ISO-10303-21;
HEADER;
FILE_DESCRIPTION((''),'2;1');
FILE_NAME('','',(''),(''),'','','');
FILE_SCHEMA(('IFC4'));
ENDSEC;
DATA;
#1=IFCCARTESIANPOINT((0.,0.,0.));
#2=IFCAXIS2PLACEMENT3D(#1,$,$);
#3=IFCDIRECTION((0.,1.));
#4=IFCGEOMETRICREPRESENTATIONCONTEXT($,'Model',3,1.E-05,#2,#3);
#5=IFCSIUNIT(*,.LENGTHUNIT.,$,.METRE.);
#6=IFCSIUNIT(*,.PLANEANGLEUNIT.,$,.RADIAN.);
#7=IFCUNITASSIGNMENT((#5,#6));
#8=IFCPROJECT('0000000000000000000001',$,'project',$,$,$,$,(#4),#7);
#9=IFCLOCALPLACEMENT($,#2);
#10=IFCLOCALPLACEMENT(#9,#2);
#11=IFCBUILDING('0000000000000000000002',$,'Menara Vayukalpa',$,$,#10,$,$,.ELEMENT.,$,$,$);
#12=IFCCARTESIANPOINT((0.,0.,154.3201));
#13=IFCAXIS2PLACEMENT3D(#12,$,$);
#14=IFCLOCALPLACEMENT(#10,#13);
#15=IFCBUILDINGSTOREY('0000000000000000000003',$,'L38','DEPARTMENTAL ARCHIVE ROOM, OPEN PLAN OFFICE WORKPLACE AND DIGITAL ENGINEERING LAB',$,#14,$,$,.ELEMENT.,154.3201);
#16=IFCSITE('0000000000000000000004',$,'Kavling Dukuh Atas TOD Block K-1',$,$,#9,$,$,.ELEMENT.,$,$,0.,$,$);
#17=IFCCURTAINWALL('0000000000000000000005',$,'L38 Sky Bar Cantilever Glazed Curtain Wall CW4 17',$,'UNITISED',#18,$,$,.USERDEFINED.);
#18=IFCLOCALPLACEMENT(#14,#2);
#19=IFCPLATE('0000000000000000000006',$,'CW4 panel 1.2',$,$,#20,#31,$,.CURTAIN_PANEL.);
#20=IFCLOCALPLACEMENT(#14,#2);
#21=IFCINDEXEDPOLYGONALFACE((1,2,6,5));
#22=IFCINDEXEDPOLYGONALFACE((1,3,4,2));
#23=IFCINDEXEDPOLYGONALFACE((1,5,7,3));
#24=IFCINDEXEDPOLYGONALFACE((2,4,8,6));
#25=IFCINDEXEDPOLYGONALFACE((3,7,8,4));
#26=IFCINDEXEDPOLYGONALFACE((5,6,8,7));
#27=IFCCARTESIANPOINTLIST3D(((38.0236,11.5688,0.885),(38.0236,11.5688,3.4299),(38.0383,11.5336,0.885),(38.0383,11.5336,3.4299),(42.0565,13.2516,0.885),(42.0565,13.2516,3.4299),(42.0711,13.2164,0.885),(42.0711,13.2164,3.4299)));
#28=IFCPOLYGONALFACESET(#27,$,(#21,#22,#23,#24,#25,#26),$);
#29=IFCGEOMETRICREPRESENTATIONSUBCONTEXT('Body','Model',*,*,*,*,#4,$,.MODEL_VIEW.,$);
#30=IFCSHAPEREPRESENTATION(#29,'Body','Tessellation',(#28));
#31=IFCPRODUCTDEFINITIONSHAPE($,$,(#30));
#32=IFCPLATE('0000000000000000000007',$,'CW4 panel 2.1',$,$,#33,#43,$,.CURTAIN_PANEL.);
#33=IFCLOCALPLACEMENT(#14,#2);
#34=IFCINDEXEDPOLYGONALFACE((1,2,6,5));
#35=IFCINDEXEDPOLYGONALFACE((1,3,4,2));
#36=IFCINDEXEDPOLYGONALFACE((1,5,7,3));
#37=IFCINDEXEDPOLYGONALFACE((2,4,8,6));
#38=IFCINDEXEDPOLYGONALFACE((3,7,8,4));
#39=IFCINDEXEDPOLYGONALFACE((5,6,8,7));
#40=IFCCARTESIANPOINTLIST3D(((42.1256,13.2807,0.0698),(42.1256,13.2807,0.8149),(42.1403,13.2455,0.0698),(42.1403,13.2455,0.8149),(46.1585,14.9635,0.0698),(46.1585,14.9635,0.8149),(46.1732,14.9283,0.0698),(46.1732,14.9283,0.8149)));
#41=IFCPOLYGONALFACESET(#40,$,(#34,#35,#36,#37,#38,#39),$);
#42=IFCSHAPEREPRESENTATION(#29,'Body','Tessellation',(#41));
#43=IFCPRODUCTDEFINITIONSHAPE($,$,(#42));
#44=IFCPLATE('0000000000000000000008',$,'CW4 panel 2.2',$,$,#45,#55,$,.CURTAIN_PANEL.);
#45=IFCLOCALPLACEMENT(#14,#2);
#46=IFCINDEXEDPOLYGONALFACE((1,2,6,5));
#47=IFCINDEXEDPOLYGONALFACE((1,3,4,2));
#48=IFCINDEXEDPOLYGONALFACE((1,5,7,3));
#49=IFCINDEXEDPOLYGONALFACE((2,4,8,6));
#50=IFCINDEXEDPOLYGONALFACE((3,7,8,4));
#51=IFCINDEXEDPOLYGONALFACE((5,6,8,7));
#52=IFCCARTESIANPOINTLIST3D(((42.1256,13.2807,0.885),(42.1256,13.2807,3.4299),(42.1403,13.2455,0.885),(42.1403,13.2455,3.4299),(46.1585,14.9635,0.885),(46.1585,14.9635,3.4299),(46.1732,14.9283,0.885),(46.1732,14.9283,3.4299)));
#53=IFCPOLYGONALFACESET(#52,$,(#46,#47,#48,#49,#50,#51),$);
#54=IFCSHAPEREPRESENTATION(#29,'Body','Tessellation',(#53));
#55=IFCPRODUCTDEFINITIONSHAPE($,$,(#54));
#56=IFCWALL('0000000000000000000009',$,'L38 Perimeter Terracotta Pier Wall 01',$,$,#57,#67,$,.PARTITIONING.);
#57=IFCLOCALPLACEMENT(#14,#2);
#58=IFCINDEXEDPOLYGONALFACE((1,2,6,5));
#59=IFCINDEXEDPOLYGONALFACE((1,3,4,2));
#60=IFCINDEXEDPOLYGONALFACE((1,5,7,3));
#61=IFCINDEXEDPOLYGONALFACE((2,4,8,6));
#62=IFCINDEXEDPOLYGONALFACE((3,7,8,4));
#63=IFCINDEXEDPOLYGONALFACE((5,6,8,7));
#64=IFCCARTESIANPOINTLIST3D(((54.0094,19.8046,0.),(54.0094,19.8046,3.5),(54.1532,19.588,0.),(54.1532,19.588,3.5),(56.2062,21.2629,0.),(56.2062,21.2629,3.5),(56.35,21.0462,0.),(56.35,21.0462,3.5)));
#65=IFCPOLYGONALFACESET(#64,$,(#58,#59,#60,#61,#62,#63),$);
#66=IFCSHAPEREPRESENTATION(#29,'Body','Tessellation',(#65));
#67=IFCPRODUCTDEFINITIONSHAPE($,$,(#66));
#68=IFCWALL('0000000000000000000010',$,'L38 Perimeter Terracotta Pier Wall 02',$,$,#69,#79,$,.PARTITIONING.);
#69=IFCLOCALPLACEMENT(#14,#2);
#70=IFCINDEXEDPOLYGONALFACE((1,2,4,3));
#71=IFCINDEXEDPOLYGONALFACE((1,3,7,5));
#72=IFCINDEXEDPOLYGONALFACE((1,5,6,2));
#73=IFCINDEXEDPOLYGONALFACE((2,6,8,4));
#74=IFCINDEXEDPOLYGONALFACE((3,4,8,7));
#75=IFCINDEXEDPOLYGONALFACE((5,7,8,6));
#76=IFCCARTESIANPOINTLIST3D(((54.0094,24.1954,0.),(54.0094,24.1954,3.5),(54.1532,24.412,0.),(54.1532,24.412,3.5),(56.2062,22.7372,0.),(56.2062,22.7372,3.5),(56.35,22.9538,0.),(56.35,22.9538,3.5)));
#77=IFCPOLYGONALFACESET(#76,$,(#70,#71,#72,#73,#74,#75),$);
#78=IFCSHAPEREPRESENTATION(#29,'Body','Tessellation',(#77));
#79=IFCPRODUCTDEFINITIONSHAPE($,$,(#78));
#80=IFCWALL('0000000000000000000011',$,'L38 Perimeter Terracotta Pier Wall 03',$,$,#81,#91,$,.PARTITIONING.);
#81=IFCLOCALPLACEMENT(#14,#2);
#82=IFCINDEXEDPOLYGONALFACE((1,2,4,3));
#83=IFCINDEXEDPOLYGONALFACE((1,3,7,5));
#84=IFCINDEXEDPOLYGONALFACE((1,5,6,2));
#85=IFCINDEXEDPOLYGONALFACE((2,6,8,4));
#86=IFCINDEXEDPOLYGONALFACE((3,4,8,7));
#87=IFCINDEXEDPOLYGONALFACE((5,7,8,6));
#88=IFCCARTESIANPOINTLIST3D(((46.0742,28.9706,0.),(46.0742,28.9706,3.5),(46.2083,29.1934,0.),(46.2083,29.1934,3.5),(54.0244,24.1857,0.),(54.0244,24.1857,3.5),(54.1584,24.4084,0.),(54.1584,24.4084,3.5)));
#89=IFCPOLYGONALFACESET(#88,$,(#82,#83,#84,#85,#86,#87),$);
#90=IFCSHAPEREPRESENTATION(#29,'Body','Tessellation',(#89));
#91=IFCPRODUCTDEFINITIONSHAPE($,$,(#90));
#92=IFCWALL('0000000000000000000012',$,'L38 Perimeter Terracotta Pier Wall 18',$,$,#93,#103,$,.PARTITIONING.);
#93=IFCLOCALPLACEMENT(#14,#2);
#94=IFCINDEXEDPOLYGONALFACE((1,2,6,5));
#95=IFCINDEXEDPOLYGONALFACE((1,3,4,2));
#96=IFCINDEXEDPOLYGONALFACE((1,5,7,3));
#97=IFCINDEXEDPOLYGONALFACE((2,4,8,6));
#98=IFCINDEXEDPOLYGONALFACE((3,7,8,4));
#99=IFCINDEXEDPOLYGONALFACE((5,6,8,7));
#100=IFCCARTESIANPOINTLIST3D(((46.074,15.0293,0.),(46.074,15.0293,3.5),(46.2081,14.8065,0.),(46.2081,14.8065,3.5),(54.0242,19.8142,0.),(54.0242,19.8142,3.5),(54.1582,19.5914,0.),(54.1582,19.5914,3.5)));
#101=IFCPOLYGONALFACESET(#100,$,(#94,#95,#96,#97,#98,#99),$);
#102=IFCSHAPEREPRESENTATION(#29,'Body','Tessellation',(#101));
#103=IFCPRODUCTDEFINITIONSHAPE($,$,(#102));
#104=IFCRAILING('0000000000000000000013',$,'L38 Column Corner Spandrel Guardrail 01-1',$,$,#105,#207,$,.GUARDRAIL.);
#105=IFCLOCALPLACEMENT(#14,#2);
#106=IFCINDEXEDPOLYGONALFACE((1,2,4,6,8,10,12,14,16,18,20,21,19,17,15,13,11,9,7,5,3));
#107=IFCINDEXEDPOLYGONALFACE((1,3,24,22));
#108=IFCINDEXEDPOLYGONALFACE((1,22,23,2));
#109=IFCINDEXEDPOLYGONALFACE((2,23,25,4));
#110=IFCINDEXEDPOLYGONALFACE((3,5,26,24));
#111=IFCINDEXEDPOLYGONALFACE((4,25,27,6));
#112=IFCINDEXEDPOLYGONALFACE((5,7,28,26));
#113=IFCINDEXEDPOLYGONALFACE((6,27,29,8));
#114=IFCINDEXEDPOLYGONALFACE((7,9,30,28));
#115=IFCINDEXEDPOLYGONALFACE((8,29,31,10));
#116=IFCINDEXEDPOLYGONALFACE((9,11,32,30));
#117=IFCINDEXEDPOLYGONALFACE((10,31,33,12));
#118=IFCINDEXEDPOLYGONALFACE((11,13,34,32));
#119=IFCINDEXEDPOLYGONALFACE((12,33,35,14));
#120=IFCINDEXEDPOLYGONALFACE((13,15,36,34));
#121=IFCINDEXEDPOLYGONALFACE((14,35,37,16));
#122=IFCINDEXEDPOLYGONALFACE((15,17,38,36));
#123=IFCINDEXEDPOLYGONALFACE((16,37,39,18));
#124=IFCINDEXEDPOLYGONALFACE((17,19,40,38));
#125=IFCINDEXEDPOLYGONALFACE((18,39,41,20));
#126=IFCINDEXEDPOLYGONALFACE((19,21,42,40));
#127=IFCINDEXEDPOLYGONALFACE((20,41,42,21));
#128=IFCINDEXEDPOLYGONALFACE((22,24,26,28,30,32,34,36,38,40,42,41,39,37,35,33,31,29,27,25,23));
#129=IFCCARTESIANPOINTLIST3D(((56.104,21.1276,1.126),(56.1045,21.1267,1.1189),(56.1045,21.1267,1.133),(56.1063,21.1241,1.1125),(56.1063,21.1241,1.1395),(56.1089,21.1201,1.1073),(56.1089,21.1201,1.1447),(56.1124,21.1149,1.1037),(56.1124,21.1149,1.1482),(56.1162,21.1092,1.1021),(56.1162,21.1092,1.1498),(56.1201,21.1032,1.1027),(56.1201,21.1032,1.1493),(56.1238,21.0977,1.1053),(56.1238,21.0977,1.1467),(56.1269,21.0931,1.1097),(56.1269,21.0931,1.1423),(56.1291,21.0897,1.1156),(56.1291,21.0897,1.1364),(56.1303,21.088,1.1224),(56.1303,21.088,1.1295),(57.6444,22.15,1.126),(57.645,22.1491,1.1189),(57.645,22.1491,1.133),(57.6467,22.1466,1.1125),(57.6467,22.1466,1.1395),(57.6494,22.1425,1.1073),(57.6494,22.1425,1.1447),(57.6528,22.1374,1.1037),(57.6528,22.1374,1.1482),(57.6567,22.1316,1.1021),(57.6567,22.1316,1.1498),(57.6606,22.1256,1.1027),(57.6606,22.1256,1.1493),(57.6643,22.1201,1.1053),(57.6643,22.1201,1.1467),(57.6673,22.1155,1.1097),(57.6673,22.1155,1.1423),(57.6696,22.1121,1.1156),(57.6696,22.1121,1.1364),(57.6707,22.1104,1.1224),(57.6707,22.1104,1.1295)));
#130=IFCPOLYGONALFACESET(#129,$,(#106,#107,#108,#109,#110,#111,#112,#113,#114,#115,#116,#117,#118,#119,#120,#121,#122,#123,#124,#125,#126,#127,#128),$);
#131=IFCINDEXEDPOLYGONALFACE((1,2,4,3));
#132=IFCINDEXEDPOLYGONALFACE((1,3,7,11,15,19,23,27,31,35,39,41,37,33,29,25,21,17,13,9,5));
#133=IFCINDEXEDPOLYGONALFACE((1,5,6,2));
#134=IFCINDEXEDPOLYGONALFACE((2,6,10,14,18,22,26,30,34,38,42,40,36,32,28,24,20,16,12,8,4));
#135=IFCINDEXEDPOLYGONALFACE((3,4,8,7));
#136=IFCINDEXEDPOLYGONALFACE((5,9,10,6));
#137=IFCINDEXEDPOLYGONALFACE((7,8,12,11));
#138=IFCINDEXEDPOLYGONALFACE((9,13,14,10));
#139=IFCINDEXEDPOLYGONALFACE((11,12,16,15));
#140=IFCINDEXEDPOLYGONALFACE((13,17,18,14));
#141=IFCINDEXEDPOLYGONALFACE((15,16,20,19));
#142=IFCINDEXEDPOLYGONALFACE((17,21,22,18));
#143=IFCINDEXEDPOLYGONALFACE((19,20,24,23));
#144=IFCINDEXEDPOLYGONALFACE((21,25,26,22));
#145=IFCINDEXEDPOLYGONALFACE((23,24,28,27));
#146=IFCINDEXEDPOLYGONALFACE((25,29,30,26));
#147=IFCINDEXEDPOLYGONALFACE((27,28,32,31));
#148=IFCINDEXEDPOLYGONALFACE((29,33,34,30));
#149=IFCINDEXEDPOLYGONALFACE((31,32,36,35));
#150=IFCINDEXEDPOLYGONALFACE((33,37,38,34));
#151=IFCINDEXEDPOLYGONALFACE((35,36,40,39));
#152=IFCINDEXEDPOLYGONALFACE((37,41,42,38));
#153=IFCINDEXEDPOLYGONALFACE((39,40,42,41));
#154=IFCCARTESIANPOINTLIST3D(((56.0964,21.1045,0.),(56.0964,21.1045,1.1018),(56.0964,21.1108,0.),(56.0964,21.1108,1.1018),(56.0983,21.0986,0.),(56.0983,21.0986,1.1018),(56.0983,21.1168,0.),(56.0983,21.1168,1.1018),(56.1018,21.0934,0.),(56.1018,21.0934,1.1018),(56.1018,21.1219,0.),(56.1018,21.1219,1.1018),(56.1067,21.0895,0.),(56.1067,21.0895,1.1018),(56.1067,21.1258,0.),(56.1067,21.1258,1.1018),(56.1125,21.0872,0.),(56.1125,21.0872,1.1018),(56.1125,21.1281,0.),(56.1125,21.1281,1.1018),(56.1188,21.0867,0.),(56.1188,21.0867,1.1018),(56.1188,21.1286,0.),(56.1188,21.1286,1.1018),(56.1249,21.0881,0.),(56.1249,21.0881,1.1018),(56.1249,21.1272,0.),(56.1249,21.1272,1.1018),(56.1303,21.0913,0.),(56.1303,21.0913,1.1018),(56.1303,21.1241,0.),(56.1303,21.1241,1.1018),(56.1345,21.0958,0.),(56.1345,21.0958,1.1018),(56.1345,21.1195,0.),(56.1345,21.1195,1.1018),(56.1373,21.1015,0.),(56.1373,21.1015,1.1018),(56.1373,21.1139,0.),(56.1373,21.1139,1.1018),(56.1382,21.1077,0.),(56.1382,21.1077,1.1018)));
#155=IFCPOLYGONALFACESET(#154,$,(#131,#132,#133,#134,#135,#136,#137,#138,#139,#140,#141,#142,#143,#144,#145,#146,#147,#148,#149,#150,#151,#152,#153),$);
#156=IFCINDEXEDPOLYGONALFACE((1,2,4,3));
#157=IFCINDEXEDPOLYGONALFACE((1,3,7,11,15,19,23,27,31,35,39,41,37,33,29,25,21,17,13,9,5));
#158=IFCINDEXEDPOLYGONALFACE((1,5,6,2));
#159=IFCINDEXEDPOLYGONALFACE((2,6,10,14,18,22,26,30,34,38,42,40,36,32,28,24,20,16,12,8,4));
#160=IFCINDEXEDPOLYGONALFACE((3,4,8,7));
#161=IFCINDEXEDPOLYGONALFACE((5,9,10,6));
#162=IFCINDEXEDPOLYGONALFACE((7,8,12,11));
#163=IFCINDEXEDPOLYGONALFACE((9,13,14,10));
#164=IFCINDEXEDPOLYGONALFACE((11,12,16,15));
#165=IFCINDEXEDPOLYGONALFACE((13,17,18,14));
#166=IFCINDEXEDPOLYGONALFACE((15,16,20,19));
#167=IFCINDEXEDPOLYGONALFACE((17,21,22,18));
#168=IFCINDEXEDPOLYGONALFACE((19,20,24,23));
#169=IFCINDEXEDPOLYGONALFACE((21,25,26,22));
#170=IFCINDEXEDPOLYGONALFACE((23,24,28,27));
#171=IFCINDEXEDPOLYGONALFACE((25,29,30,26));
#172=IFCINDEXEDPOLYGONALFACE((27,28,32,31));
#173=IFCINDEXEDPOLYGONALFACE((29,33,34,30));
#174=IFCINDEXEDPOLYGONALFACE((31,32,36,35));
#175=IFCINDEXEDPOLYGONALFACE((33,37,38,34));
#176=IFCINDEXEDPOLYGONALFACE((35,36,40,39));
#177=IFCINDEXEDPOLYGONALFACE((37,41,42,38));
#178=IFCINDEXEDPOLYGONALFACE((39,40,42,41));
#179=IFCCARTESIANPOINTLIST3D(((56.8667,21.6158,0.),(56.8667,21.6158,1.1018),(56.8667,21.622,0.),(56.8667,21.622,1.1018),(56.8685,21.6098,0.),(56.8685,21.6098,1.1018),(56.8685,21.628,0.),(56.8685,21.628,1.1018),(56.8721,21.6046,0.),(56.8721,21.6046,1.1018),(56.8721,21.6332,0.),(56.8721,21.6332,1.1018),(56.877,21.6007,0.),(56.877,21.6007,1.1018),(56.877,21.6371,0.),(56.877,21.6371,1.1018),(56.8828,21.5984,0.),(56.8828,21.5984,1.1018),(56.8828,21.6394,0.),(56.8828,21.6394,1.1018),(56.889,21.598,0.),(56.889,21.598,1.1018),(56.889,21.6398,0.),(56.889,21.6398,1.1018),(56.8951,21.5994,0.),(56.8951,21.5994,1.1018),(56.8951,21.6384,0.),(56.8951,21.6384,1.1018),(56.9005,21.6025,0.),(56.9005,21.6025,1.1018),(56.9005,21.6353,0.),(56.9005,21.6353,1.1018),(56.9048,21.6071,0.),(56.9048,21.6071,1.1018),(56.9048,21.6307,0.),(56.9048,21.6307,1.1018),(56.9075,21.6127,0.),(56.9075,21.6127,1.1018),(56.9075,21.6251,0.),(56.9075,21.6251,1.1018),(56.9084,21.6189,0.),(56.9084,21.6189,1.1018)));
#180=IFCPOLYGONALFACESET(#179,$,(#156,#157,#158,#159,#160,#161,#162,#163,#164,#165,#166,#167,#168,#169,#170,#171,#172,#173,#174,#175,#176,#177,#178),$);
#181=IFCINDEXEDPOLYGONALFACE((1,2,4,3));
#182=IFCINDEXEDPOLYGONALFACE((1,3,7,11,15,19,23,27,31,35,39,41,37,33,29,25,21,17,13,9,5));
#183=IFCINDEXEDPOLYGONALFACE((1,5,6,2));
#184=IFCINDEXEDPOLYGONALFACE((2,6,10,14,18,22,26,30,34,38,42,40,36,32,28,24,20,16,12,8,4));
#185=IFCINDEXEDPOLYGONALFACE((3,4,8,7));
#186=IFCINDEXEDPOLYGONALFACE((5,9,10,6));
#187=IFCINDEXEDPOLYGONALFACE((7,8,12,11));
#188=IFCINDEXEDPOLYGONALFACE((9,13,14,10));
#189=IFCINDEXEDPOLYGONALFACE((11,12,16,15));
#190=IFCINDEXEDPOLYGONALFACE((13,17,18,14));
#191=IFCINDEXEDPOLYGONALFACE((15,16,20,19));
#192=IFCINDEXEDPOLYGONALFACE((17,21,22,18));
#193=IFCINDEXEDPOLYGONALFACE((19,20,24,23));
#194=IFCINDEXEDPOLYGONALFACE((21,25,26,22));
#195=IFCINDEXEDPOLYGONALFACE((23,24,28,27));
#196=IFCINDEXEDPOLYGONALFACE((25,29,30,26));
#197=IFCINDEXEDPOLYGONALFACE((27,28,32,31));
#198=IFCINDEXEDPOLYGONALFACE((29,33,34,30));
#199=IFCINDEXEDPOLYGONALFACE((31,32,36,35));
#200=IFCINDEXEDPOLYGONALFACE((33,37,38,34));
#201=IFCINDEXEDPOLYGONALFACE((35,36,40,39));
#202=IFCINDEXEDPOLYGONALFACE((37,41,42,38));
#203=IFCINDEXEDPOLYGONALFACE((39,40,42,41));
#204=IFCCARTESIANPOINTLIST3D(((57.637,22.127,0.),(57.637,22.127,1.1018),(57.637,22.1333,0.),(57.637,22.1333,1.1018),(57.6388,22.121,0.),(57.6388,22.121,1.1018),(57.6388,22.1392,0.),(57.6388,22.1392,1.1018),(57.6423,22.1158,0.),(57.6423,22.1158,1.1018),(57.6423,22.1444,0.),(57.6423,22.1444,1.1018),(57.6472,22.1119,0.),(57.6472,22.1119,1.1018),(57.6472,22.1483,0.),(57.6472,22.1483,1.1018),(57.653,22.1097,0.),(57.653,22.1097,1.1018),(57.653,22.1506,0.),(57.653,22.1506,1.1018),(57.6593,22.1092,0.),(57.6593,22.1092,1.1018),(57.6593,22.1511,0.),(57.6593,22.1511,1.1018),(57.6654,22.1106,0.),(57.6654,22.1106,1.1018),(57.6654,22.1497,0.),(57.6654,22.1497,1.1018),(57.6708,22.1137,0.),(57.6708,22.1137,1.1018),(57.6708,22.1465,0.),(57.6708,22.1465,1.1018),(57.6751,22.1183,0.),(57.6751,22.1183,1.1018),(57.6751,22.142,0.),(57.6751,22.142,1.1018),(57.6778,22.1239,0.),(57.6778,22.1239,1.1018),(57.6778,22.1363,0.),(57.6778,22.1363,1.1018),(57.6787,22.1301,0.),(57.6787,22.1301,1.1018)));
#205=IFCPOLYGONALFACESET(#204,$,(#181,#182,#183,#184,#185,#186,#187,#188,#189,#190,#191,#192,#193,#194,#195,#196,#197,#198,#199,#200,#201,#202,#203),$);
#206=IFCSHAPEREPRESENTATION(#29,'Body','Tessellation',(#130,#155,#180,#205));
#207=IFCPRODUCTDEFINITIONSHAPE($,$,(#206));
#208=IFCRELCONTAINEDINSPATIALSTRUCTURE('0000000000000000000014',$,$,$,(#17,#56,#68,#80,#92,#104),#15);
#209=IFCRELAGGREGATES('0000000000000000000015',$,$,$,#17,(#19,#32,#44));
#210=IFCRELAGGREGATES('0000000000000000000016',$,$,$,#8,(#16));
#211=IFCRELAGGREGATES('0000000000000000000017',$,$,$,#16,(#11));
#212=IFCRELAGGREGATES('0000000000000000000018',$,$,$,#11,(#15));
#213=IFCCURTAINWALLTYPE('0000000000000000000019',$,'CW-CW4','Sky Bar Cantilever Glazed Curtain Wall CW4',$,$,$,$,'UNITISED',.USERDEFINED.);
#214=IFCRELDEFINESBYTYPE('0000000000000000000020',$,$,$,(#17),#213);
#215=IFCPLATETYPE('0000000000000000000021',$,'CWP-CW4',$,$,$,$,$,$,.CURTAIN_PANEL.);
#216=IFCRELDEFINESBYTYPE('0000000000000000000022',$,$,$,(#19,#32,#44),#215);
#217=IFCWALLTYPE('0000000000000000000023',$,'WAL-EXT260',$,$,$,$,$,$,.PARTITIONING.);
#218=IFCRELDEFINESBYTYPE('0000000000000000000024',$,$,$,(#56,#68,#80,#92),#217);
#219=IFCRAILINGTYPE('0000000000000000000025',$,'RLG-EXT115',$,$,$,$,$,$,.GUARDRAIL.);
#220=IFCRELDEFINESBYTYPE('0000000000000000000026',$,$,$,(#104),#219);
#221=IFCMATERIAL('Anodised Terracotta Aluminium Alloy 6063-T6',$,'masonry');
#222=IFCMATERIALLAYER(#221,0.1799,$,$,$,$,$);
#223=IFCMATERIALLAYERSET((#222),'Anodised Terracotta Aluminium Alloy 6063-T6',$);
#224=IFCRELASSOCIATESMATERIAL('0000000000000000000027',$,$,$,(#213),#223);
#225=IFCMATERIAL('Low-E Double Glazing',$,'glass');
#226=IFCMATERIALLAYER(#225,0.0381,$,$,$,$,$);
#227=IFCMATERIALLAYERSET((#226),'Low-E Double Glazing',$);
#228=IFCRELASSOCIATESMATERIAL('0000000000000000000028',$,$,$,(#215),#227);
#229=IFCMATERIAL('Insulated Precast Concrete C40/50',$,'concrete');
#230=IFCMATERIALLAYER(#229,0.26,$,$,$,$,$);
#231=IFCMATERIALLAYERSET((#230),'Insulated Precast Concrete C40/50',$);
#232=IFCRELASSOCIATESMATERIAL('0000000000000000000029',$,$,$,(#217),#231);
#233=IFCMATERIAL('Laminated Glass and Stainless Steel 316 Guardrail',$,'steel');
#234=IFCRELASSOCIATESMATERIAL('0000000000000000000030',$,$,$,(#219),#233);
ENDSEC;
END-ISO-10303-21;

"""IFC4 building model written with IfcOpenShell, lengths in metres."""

from ifc_helpers import new_model, si_unit, direction, frame, frame_2d, origin, origin_2d, place, context, subcontext, project, spatial, rectangle, circle, extrude, material, layer, layer_set, type_object, element, aggregate, save


model = new_model("IFC4")

# Units and contexts
model_context = context("Model", 3, precision=1e-05, world=origin(), true_north=direction((0.0, 1.0)))
body_context = subcontext(model_context, "Body", "Model", "MODEL_VIEW")
ifc_project = project(units=[si_unit("LENGTHUNIT", "METRE"), si_unit("PLANEANGLEUNIT", "RADIAN")], contexts=[model_context])

# Site, building, storey
site_placement = place(None, origin())
site = spatial("IfcSite", under=ifc_project, at=site_placement, Name="Kavling Dukuh Atas TOD Block K-1", CompositionType="ELEMENT", RefElevation=0.0)
building_placement = place(site_placement, origin())
building = spatial("IfcBuilding", under=site, at=building_placement, Name="Menara Vayukalpa", CompositionType="ELEMENT")
storey_placement = place(building_placement, frame((0.0, 0.0, 154.3201)))
storey = spatial("IfcBuildingStorey", under=building, at=storey_placement, Name="L38", Description="DEPARTMENTAL ARCHIVE ROOM, OPEN PLAN OFFICE WORKPLACE AND DIGITAL ENGINEERING LAB", CompositionType="ELEMENT", Elevation=154.3201)

# Curtain wall
ifc_material_1 = material(Name="Anodised Terracotta Aluminium Alloy 6063-T6", Category="masonry")
ifc_layer_1 = layer(ifc_material_1, 0.1799)
ifc_layer_set_1 = layer_set([ifc_layer_1], Name="Anodised Terracotta Aluminium Alloy 6063-T6")
curtain_wall_type = type_object("IfcCurtainWallType", Name="CW-CW4", Description="Sky Bar Cantilever Glazed Curtain Wall CW4", ElementType="UNITISED", PredefinedType="USERDEFINED", material=ifc_layer_set_1)
curtain_wall_1_placement = place(storey_placement, origin())
curtain_wall_1 = element("IfcCurtainWall", 1, at=curtain_wall_1_placement, inside=storey, type_object=curtain_wall_type, Name="L38 Sky Bar Cantilever Glazed Curtain Wall CW4 17", ObjectType="UNITISED", PredefinedType="USERDEFINED")

# Plates
ifc_material_2 = material(Name="Low-E Double Glazing", Category="glass")
ifc_layer_2 = layer(ifc_material_2, 0.0381)
ifc_layer_set_2 = layer_set([ifc_layer_2], Name="Low-E Double Glazing")
plate_type = type_object("IfcPlateType", Name="CWP-CW4", PredefinedType="CURTAIN_PANEL", material=ifc_layer_set_2)
plate_1_placement = place(storey_placement, frame((40.0474, 12.3926, 0.885), z_axis=(0.0, 0.0, 1.0), x_axis=(0.922878, 0.385091, 0.0)))
plate_1 = element("IfcPlate", 2, at=plate_1_placement, type_object=plate_type, Name="CW4 panel 1.2", PredefinedType="CURTAIN_PANEL", context=body_context, shape_type="SweptSolid", body=[
    extrude(rectangle(XDim=4.3699, YDim=0.0381, at=origin_2d()), origin(), (0.0, 0.0, 1.0), 2.5449),
])
plate_2_placement = place(storey_placement, frame((44.1494, 14.1045, 0.0698), z_axis=(0.0, 0.0, 1.0), x_axis=(0.922878, 0.385091, 0.0)))
plate_2 = element("IfcPlate", 3, at=plate_2_placement, type_object=plate_type, Name="CW4 panel 2.1", PredefinedType="CURTAIN_PANEL", context=body_context, shape_type="SweptSolid", body=[
    extrude(rectangle(XDim=4.3699, YDim=0.0381, at=origin_2d()), origin(), (0.0, 0.0, 1.0), 0.7451),
])
plate_3_placement = place(storey_placement, frame((44.1494, 14.1045, 0.885), z_axis=(0.0, 0.0, 1.0), x_axis=(0.922878, 0.385091, 0.0)))
plate_3 = element("IfcPlate", 4, at=plate_3_placement, type_object=plate_type, Name="CW4 panel 2.2", PredefinedType="CURTAIN_PANEL", context=body_context, shape_type="SweptSolid", body=[
    extrude(rectangle(XDim=4.3699, YDim=0.0381, at=origin_2d()), origin(), (0.0, 0.0, 1.0), 2.5449),
])
aggregate(curtain_wall_1, [plate_1, plate_2, plate_3])

# Walls
ifc_material_3 = material(Name="Insulated Precast Concrete C40/50", Category="concrete")
ifc_layer_3 = layer(ifc_material_3, 0.26)
ifc_layer_set_3 = layer_set([ifc_layer_3], Name="Insulated Precast Concrete C40/50")
wall_type = type_object("IfcWallType", Name="WAL-EXT260", PredefinedType="PARTITIONING", material=ifc_layer_set_3)
for number, where, z_axis, x_axis, name in (
    (5, (56.2781, 21.1545, 0.0), (0.0, 0.0, 1.0), (-0.833146, -0.553054, 0.0), "L38 Perimeter Terracotta Pier Wall 01"),
    (6, (54.0813, 24.3037, 0.0), (0.0, 0.0, 1.0), (0.833146, -0.553054, 0.0), "L38 Perimeter Terracotta Pier Wall 02"),
):
    element("IfcWall", number, at=place(storey_placement, frame(where, z_axis=z_axis, x_axis=x_axis)), inside=storey, type_object=wall_type, Name=name, PredefinedType="PARTITIONING", context=body_context, shape_type="SweptSolid", body=[
        extrude(rectangle(XDim=2.6367, YDim=0.26, at=frame_2d((1.3184, 0.0))), origin(), (0.0, 0.0, 1.0), 3.5),
    ])
for number, where, z_axis, x_axis, name in (
    (7, (46.1411, 29.082, 0.0), (0.0, 0.0, 1.0), (0.856789, -0.515668, 0.0), "L38 Perimeter Terracotta Pier Wall 03"),
    (8, (54.0913, 19.7029, 0.0), (0.0, 0.0, 1.0), (-0.856789, -0.515668, 0.0), "L38 Perimeter Terracotta Pier Wall 18"),
):
    element("IfcWall", number, at=place(storey_placement, frame(where, z_axis=z_axis, x_axis=x_axis)), inside=storey, type_object=wall_type, Name=name, PredefinedType="PARTITIONING", context=body_context, shape_type="SweptSolid", body=[
        extrude(rectangle(XDim=9.2791, YDim=0.26, at=frame_2d((4.6396, 0.0))), origin(), (0.0, 0.0, 1.0), 3.5),
    ])

# Railing
ifc_material_4 = material(Name="Laminated Glass and Stainless Steel 316 Guardrail", Category="steel")
railing_type = type_object("IfcRailingType", Name="RLG-EXT115", PredefinedType="GUARDRAIL", material=ifc_material_4)
railing_1_placement = place(storey_placement, frame((56.1172, 21.1077, 0.0)))
element("IfcRailing", 9, at=railing_1_placement, inside=storey, type_object=railing_type, Name="L38 Column Corner Spandrel Guardrail 01-1", PredefinedType="GUARDRAIL", context=body_context, shape_type="SweptSolid", body=[
    extrude(circle(Radius=0.0239, at=origin_2d()), frame((0.0, 0.0, 1.126), z_axis=(0.833186, 0.552993, 0.0), x_axis=(-0.552993, 0.833186, 0.0)), (0.0, 0.0, 1.0), 1.8489),
    extrude(circle(Radius=0.021, at=origin_2d()), origin(), (0.0, 0.0, 1.0), 1.1018),
    extrude(circle(Radius=0.021, at=origin_2d()), frame((0.7703, 0.5112, 0.0)), (0.0, 0.0, 1.0), 1.1018),
    extrude(circle(Radius=0.021, at=origin_2d()), frame((1.5405, 1.0225, 0.0)), (0.0, 0.0, 1.0), 1.1018),
])

save(model, "model.ifc")
